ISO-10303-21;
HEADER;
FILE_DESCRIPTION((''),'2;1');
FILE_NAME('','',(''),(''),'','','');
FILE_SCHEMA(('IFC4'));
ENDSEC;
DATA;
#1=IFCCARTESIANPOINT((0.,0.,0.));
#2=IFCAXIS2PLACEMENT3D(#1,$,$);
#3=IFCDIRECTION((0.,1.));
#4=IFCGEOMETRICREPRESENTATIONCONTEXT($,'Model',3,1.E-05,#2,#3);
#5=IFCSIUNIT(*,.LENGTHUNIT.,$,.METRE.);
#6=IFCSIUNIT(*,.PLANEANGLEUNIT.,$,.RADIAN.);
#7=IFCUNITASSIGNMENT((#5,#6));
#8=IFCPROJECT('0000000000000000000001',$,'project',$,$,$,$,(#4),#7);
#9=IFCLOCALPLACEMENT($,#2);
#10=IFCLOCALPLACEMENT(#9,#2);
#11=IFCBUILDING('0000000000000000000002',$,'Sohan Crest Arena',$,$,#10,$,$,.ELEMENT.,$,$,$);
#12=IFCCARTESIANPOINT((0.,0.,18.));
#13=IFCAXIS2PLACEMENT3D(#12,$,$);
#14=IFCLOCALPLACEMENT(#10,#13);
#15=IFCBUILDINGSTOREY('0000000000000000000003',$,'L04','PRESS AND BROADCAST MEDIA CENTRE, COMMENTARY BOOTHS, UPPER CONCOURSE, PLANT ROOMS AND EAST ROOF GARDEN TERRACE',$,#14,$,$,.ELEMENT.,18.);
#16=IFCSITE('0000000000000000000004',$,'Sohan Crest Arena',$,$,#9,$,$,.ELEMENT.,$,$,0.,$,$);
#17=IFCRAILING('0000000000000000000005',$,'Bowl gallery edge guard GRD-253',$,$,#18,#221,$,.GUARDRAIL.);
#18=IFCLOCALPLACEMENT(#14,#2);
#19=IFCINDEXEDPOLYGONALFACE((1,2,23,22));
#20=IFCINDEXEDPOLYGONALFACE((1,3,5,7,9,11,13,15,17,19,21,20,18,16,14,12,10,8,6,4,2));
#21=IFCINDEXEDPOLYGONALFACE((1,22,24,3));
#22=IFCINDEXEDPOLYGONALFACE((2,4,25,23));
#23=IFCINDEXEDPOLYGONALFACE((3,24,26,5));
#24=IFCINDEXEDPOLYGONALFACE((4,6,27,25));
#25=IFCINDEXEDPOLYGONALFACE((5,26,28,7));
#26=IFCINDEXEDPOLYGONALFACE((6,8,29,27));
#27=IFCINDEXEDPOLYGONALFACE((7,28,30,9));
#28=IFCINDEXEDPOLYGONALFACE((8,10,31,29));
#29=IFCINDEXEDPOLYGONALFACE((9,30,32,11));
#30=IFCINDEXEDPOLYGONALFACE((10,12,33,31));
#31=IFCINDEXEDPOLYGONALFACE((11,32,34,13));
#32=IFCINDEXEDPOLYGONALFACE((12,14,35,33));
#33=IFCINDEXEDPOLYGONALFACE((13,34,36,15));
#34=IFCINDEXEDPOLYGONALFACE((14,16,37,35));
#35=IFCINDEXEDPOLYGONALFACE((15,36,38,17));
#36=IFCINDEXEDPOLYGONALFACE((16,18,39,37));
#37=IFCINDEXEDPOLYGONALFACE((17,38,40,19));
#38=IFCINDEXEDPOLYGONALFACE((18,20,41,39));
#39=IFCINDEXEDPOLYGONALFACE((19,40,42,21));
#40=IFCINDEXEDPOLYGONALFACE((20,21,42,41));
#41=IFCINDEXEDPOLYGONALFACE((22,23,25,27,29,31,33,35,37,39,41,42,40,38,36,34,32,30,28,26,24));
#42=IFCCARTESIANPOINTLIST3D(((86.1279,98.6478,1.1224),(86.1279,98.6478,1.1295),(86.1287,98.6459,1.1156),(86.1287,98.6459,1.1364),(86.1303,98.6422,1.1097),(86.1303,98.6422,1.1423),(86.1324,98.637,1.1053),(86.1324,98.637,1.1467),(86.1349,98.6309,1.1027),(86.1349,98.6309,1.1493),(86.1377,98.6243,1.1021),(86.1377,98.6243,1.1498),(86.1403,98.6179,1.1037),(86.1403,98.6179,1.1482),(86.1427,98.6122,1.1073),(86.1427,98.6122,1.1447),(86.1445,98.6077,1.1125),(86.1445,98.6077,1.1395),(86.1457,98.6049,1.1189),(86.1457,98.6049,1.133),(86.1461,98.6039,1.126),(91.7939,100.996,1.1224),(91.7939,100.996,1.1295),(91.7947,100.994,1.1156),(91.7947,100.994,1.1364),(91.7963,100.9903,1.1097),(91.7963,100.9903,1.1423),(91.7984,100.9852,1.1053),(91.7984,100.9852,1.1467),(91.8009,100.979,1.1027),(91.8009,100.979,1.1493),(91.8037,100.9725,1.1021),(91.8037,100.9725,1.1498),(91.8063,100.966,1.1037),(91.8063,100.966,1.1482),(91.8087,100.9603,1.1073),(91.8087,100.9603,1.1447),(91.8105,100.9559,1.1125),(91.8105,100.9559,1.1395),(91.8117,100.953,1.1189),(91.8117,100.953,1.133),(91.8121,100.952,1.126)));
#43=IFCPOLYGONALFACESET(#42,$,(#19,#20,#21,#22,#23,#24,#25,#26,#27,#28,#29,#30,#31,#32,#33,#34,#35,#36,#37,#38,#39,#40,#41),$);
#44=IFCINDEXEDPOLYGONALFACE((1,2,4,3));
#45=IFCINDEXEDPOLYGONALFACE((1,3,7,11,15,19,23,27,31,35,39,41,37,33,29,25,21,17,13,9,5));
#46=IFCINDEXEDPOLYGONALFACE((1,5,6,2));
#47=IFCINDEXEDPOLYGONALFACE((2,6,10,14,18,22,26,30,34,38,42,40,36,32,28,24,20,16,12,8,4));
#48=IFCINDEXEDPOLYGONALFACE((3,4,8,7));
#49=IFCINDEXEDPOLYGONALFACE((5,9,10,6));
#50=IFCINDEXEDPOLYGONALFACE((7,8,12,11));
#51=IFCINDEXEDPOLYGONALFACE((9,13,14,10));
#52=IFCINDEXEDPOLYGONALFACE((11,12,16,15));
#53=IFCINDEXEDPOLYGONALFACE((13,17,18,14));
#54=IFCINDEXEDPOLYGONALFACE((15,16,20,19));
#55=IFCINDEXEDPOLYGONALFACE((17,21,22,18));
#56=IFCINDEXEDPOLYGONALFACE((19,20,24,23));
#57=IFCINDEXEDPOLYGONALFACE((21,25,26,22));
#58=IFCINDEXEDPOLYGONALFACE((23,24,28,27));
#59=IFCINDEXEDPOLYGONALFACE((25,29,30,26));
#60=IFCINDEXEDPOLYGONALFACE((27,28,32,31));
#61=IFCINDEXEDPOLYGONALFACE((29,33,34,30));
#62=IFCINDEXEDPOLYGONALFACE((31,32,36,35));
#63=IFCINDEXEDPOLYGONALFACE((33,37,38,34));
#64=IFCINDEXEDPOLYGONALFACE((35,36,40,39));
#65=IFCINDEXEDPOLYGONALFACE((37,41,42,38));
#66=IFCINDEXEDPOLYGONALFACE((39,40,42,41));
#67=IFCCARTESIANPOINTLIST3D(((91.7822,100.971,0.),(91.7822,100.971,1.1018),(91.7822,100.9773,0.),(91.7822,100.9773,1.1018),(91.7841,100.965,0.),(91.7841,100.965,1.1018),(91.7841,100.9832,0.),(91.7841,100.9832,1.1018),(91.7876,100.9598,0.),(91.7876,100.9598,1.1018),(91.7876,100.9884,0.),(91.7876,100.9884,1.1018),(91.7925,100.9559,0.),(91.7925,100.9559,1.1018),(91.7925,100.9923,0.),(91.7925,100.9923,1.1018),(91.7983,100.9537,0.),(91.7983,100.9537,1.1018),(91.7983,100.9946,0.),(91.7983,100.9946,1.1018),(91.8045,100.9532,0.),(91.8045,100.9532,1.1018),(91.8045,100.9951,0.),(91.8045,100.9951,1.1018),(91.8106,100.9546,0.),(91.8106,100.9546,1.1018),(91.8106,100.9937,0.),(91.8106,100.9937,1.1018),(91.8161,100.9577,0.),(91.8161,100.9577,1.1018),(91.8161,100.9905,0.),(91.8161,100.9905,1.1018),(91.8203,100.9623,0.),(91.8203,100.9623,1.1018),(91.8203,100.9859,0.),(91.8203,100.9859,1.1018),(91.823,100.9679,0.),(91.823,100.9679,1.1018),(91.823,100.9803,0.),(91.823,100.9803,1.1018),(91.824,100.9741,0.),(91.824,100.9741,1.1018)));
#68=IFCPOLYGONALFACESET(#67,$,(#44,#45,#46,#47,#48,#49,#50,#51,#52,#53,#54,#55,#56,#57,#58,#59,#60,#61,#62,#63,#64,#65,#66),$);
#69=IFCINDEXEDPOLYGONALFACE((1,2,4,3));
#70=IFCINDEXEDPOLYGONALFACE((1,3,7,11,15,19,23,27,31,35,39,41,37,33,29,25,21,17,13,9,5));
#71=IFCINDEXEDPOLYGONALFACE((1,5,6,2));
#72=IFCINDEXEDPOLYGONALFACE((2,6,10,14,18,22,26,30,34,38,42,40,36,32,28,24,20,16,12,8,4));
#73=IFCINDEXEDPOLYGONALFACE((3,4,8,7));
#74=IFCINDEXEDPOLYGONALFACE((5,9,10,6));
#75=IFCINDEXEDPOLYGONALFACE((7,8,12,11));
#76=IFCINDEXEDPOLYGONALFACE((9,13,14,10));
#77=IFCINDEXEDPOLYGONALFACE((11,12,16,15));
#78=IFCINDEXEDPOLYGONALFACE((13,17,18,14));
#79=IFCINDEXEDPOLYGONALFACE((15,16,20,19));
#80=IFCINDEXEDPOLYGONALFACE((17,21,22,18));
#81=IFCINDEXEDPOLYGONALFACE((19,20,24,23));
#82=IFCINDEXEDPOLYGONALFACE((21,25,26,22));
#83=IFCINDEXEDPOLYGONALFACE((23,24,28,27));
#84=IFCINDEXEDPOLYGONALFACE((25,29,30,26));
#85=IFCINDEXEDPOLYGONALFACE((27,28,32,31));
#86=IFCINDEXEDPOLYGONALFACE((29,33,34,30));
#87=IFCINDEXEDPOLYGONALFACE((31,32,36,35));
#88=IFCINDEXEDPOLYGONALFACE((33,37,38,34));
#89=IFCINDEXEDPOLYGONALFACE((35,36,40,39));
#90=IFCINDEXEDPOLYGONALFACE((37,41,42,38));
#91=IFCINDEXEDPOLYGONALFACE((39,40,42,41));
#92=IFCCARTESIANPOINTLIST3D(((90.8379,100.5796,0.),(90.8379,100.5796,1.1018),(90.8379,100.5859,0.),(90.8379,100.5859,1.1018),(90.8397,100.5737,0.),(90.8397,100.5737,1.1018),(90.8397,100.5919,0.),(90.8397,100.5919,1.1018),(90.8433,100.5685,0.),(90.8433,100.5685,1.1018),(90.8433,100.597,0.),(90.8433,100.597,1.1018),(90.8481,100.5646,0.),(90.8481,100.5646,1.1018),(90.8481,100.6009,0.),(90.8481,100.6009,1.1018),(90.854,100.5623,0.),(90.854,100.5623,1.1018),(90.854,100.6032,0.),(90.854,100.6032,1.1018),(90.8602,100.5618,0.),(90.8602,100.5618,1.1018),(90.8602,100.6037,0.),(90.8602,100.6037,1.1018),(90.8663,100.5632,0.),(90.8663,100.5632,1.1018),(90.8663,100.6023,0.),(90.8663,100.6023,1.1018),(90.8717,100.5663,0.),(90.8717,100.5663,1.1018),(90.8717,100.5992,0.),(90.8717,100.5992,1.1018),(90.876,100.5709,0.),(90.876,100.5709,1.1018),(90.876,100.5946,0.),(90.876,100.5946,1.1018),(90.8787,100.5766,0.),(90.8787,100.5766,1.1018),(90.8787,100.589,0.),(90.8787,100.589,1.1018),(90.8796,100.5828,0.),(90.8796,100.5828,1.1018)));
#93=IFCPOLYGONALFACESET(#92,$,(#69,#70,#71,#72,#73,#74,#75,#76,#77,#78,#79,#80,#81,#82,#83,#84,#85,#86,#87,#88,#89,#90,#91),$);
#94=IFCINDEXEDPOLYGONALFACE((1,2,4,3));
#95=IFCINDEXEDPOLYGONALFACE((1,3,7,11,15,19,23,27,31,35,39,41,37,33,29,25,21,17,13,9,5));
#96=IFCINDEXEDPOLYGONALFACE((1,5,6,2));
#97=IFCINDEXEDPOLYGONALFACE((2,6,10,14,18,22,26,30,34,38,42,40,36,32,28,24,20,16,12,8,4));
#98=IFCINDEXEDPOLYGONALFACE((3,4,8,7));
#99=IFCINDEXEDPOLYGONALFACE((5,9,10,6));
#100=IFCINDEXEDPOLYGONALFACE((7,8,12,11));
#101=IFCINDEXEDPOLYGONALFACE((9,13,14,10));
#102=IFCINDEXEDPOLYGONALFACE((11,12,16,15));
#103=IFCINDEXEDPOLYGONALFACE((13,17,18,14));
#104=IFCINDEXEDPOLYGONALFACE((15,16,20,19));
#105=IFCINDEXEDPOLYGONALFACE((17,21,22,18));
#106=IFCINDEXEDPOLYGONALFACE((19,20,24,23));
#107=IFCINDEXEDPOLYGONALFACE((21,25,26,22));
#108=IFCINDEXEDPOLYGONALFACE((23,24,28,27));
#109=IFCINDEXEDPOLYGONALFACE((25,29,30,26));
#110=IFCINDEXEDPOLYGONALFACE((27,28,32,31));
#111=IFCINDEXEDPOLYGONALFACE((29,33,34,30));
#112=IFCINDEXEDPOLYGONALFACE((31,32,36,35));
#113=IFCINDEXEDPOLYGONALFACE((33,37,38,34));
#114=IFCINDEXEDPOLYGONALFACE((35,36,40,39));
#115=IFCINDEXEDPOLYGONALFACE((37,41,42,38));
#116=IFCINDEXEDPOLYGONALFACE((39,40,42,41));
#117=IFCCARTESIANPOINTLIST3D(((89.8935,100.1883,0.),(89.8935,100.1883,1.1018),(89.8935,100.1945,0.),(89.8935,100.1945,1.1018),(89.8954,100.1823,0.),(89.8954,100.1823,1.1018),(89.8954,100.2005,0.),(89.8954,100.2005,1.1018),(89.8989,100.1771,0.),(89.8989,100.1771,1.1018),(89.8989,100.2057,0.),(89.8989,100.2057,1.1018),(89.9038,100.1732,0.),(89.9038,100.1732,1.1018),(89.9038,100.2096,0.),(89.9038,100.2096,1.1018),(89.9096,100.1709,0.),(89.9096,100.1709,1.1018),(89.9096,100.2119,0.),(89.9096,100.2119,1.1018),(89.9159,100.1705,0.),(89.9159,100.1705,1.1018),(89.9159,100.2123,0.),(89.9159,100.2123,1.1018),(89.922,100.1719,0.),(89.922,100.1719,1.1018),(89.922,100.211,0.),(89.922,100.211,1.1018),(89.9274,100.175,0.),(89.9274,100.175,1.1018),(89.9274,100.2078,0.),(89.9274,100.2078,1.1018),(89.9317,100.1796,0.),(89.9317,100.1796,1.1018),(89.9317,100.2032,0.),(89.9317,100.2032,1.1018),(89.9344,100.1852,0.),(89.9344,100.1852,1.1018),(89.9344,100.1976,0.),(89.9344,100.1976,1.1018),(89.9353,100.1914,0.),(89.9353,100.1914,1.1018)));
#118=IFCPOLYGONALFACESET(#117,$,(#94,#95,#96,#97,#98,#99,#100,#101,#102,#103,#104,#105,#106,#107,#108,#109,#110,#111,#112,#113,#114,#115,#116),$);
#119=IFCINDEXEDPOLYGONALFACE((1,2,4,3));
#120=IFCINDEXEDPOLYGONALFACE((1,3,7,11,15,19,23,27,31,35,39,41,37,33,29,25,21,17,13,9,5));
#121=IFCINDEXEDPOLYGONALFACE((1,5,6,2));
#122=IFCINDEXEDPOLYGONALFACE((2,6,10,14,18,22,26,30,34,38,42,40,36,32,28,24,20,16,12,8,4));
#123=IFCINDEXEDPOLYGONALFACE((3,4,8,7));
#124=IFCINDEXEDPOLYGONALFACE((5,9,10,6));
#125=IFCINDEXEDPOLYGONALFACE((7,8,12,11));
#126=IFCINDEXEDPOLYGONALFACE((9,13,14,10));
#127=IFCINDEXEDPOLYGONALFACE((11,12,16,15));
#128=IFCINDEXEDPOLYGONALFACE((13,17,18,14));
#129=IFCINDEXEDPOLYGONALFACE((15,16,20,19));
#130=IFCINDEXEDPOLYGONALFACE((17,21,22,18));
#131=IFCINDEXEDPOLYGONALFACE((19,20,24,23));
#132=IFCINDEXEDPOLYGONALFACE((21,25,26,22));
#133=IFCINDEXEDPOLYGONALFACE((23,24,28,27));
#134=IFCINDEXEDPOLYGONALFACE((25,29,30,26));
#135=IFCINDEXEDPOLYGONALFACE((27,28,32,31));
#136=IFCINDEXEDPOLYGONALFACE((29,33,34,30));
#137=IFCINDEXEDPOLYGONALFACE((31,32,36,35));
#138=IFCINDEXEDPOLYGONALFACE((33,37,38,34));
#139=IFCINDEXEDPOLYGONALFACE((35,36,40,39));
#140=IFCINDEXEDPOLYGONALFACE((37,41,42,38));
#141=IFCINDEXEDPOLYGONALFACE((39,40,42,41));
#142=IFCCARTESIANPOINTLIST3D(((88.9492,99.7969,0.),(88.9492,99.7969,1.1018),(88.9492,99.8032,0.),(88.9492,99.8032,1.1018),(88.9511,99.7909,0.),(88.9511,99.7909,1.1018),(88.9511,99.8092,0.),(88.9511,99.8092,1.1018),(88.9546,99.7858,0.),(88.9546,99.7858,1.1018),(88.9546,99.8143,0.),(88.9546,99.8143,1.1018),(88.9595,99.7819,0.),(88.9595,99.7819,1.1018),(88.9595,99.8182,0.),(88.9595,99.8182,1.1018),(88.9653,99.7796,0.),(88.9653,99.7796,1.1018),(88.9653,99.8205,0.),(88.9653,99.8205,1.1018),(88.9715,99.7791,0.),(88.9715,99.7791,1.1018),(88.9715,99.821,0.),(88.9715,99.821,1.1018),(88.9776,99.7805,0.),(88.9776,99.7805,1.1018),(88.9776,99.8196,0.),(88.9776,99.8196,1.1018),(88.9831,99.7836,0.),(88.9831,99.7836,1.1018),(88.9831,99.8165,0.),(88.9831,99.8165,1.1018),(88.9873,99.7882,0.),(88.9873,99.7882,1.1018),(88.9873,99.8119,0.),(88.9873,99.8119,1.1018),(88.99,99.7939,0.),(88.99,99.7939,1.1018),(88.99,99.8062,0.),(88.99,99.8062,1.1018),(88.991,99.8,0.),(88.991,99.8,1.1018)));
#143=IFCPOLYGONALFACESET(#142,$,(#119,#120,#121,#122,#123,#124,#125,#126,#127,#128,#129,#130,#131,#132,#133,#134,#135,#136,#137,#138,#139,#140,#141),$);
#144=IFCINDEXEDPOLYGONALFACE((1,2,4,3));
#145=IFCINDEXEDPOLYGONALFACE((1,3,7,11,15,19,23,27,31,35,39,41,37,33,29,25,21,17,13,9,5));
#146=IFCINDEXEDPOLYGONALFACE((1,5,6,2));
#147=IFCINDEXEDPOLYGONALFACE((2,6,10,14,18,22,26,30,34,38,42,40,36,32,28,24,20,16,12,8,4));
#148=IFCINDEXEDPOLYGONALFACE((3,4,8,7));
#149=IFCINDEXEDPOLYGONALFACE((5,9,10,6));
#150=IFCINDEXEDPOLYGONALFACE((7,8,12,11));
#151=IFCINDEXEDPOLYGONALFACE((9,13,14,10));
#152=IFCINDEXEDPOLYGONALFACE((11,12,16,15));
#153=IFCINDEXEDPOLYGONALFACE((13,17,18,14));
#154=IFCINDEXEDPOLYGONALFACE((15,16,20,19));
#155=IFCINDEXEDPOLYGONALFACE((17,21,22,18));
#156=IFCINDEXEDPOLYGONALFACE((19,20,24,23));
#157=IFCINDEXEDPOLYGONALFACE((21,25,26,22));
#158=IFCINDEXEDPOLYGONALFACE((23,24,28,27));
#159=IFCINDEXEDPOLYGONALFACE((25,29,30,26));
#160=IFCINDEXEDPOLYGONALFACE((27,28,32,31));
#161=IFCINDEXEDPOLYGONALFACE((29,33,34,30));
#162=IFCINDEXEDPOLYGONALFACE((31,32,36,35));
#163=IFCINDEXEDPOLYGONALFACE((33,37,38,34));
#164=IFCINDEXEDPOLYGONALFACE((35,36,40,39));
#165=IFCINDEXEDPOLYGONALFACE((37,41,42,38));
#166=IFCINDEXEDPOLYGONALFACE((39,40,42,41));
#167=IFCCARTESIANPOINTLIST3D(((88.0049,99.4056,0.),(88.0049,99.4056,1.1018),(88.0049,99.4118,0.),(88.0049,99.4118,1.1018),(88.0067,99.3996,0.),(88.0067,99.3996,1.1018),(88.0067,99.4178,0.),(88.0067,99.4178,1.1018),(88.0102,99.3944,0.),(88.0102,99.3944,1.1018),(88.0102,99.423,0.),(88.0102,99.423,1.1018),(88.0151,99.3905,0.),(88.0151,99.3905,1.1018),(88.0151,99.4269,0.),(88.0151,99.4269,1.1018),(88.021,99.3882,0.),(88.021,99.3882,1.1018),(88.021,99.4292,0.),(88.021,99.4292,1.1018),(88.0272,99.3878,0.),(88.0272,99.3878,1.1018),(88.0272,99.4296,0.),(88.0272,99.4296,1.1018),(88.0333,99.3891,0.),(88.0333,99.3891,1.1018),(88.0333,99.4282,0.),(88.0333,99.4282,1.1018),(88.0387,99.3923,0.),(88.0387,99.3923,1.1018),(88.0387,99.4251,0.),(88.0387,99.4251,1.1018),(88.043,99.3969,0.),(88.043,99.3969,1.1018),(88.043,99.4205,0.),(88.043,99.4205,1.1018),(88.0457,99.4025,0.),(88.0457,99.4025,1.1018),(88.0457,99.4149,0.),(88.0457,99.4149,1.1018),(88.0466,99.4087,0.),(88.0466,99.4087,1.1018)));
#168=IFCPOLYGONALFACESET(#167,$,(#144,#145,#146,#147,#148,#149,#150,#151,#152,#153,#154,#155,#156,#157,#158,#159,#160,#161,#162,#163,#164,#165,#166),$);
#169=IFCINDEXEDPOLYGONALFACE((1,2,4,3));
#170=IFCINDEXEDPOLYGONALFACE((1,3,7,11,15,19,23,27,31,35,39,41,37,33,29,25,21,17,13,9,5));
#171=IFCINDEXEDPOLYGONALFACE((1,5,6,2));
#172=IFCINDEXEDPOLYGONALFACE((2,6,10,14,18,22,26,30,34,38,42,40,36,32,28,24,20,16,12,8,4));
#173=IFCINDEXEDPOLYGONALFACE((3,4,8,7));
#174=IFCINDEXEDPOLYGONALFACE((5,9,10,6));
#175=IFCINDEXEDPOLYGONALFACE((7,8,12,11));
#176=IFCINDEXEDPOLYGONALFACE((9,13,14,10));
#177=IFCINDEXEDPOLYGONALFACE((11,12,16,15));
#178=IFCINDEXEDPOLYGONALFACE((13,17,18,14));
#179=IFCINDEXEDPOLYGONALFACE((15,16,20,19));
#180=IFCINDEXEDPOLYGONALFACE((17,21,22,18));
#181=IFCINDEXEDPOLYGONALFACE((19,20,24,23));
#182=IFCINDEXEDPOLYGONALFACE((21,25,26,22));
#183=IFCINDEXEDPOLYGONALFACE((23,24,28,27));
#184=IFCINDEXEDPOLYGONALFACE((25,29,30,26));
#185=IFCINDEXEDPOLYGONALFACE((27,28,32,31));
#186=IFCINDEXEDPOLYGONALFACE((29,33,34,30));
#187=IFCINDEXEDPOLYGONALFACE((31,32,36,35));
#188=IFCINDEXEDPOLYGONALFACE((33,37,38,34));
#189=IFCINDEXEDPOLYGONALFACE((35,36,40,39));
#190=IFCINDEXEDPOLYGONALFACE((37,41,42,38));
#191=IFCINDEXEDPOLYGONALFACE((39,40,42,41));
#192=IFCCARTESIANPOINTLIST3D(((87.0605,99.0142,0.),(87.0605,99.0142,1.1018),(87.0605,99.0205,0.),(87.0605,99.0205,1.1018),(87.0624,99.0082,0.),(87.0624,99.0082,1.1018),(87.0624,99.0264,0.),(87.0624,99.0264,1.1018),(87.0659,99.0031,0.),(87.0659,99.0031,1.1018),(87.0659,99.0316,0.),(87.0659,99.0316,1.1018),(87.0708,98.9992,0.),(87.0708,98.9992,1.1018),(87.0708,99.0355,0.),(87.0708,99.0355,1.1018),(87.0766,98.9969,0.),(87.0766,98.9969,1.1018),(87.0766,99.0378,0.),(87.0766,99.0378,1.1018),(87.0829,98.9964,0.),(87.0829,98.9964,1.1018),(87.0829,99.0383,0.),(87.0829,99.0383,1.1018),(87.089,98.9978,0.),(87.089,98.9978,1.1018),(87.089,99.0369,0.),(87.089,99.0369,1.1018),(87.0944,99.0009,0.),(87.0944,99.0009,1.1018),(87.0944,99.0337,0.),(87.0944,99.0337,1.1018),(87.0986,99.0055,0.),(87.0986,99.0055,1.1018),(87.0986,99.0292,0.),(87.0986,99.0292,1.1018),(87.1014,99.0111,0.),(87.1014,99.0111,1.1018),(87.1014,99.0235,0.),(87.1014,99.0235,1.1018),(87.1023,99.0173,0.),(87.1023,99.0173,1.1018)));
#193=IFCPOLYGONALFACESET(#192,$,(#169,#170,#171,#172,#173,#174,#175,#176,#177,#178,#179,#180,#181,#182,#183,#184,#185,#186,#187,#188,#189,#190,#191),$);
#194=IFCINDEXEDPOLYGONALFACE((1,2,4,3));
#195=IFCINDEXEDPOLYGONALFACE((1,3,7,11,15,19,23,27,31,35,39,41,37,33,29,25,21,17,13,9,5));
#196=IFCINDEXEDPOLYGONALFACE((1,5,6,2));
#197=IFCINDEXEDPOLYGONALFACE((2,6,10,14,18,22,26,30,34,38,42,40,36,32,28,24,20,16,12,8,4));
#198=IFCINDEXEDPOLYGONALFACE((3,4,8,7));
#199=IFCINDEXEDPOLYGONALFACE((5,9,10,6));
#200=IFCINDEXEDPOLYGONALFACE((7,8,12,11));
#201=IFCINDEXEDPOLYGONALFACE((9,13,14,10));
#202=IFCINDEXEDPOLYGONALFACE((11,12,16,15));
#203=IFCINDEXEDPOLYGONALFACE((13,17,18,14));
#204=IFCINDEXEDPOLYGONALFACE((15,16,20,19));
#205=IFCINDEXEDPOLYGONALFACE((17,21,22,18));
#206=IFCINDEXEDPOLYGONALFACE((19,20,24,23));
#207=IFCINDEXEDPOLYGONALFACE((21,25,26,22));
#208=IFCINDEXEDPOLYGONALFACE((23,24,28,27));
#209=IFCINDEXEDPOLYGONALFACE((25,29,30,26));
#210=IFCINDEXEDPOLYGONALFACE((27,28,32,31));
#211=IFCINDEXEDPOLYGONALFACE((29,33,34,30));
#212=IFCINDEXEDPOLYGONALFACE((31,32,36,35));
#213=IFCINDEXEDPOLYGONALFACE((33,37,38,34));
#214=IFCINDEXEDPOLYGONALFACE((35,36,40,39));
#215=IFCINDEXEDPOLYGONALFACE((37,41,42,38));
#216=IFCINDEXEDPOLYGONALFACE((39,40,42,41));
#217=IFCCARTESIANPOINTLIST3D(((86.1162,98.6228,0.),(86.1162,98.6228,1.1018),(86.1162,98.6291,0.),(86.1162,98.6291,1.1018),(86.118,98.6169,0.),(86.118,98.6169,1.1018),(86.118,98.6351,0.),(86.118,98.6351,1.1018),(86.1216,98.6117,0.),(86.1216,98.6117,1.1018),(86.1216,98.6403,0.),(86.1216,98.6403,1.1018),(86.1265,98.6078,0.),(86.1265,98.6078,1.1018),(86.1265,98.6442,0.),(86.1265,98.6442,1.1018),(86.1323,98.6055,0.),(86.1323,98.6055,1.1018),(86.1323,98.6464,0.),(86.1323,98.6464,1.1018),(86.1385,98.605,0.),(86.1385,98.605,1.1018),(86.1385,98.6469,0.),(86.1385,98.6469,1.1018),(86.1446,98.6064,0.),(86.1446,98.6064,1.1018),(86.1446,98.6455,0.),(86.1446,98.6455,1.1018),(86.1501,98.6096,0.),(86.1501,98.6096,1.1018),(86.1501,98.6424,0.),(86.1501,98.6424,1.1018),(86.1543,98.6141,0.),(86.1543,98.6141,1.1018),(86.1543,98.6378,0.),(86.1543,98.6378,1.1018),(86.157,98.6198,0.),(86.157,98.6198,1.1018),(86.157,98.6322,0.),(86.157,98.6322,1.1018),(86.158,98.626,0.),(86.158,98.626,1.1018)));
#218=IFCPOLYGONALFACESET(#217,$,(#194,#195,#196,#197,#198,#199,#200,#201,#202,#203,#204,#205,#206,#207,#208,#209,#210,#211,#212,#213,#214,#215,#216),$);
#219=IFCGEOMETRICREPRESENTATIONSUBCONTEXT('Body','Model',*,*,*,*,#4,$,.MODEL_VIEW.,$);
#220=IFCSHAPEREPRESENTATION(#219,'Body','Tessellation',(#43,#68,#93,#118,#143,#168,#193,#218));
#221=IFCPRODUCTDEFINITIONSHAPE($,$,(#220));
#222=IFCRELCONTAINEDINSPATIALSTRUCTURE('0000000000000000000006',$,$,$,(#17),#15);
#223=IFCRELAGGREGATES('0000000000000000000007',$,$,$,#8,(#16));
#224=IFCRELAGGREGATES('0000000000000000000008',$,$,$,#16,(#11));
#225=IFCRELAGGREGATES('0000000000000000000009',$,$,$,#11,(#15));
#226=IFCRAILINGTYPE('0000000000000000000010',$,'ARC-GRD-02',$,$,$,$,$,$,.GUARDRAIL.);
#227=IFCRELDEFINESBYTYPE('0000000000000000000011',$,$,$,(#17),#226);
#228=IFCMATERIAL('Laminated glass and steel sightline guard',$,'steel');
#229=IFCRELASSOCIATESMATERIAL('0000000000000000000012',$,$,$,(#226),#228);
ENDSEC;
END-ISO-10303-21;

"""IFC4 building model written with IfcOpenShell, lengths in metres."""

from ifc_helpers import new_model, si_unit, direction, frame, origin, origin_2d, place, context, subcontext, project, spatial, circle, extrude, material, type_object, element, save


model = new_model("IFC4")

# Units and contexts
model_context = context("Model", 3, precision=1e-05, world=origin(), true_north=direction((0.0, 1.0)))
body_context = subcontext(model_context, "Body", "Model", "MODEL_VIEW")
ifc_project = project(units=[si_unit("LENGTHUNIT", "METRE"), si_unit("PLANEANGLEUNIT", "RADIAN")], contexts=[model_context])

# Site, building, storey
site_placement = place(None, origin())
site = spatial("IfcSite", under=ifc_project, at=site_placement, Name="Sohan Crest Arena", CompositionType="ELEMENT", RefElevation=0.0)
building_placement = place(site_placement, origin())
building = spatial("IfcBuilding", under=site, at=building_placement, Name="Sohan Crest Arena", CompositionType="ELEMENT")
storey_placement = place(building_placement, frame((0.0, 0.0, 18.0)))
storey = spatial("IfcBuildingStorey", under=building, at=storey_placement, Name="L04", Description="PRESS AND BROADCAST MEDIA CENTRE, COMMENTARY BOOTHS, UPPER CONCOURSE, PLANT ROOMS AND EAST ROOF GARDEN TERRACE", CompositionType="ELEMENT", Elevation=18.0)

# Railing
ifc_material_1 = material(Name="Laminated glass and steel sightline guard", Category="steel")
railing_type = type_object("IfcRailingType", Name="ARC-GRD-02", PredefinedType="GUARDRAIL", material=ifc_material_1)
railing_1_placement = place(storey_placement, frame((91.803, 100.9741, 0.0)))
element("IfcRailing", 1, at=railing_1_placement, inside=storey, type_object=railing_type, Name="Bowl gallery edge guard GRD-253", PredefinedType="GUARDRAIL", context=body_context, shape_type="SweptSolid", body=[
    extrude(circle(Radius=0.0239, at=origin_2d()), frame((0.0, 0.0, 1.126), z_axis=(-0.92381, -0.382851, 0.0), x_axis=(0.382851, -0.92381, 0.0)), (0.0, 0.0, 1.0), 6.1333),
    extrude(circle(Radius=0.021, at=origin_2d()), origin(), (0.0, 0.0, 1.0), 1.1018),
    extrude(circle(Radius=0.021, at=origin_2d()), frame((-0.9443, -0.3914, 0.0)), (0.0, 0.0, 1.0), 1.1018),
    extrude(circle(Radius=0.021, at=origin_2d()), frame((-1.8887, -0.7827, 0.0)), (0.0, 0.0, 1.0), 1.1018),
    extrude(circle(Radius=0.021, at=origin_2d()), frame((-2.833, -1.1741, 0.0)), (0.0, 0.0, 1.0), 1.1018),
    extrude(circle(Radius=0.021, at=origin_2d()), frame((-3.7773, -1.5654, 0.0)), (0.0, 0.0, 1.0), 1.1018),
    extrude(circle(Radius=0.021, at=origin_2d()), frame((-4.7217, -1.9568, 0.0)), (0.0, 0.0, 1.0), 1.1018),
    extrude(circle(Radius=0.021, at=origin_2d()), frame((-5.666, -2.3481, 0.0)), (0.0, 0.0, 1.0), 1.1018),
])

save(model, "model.ifc")
